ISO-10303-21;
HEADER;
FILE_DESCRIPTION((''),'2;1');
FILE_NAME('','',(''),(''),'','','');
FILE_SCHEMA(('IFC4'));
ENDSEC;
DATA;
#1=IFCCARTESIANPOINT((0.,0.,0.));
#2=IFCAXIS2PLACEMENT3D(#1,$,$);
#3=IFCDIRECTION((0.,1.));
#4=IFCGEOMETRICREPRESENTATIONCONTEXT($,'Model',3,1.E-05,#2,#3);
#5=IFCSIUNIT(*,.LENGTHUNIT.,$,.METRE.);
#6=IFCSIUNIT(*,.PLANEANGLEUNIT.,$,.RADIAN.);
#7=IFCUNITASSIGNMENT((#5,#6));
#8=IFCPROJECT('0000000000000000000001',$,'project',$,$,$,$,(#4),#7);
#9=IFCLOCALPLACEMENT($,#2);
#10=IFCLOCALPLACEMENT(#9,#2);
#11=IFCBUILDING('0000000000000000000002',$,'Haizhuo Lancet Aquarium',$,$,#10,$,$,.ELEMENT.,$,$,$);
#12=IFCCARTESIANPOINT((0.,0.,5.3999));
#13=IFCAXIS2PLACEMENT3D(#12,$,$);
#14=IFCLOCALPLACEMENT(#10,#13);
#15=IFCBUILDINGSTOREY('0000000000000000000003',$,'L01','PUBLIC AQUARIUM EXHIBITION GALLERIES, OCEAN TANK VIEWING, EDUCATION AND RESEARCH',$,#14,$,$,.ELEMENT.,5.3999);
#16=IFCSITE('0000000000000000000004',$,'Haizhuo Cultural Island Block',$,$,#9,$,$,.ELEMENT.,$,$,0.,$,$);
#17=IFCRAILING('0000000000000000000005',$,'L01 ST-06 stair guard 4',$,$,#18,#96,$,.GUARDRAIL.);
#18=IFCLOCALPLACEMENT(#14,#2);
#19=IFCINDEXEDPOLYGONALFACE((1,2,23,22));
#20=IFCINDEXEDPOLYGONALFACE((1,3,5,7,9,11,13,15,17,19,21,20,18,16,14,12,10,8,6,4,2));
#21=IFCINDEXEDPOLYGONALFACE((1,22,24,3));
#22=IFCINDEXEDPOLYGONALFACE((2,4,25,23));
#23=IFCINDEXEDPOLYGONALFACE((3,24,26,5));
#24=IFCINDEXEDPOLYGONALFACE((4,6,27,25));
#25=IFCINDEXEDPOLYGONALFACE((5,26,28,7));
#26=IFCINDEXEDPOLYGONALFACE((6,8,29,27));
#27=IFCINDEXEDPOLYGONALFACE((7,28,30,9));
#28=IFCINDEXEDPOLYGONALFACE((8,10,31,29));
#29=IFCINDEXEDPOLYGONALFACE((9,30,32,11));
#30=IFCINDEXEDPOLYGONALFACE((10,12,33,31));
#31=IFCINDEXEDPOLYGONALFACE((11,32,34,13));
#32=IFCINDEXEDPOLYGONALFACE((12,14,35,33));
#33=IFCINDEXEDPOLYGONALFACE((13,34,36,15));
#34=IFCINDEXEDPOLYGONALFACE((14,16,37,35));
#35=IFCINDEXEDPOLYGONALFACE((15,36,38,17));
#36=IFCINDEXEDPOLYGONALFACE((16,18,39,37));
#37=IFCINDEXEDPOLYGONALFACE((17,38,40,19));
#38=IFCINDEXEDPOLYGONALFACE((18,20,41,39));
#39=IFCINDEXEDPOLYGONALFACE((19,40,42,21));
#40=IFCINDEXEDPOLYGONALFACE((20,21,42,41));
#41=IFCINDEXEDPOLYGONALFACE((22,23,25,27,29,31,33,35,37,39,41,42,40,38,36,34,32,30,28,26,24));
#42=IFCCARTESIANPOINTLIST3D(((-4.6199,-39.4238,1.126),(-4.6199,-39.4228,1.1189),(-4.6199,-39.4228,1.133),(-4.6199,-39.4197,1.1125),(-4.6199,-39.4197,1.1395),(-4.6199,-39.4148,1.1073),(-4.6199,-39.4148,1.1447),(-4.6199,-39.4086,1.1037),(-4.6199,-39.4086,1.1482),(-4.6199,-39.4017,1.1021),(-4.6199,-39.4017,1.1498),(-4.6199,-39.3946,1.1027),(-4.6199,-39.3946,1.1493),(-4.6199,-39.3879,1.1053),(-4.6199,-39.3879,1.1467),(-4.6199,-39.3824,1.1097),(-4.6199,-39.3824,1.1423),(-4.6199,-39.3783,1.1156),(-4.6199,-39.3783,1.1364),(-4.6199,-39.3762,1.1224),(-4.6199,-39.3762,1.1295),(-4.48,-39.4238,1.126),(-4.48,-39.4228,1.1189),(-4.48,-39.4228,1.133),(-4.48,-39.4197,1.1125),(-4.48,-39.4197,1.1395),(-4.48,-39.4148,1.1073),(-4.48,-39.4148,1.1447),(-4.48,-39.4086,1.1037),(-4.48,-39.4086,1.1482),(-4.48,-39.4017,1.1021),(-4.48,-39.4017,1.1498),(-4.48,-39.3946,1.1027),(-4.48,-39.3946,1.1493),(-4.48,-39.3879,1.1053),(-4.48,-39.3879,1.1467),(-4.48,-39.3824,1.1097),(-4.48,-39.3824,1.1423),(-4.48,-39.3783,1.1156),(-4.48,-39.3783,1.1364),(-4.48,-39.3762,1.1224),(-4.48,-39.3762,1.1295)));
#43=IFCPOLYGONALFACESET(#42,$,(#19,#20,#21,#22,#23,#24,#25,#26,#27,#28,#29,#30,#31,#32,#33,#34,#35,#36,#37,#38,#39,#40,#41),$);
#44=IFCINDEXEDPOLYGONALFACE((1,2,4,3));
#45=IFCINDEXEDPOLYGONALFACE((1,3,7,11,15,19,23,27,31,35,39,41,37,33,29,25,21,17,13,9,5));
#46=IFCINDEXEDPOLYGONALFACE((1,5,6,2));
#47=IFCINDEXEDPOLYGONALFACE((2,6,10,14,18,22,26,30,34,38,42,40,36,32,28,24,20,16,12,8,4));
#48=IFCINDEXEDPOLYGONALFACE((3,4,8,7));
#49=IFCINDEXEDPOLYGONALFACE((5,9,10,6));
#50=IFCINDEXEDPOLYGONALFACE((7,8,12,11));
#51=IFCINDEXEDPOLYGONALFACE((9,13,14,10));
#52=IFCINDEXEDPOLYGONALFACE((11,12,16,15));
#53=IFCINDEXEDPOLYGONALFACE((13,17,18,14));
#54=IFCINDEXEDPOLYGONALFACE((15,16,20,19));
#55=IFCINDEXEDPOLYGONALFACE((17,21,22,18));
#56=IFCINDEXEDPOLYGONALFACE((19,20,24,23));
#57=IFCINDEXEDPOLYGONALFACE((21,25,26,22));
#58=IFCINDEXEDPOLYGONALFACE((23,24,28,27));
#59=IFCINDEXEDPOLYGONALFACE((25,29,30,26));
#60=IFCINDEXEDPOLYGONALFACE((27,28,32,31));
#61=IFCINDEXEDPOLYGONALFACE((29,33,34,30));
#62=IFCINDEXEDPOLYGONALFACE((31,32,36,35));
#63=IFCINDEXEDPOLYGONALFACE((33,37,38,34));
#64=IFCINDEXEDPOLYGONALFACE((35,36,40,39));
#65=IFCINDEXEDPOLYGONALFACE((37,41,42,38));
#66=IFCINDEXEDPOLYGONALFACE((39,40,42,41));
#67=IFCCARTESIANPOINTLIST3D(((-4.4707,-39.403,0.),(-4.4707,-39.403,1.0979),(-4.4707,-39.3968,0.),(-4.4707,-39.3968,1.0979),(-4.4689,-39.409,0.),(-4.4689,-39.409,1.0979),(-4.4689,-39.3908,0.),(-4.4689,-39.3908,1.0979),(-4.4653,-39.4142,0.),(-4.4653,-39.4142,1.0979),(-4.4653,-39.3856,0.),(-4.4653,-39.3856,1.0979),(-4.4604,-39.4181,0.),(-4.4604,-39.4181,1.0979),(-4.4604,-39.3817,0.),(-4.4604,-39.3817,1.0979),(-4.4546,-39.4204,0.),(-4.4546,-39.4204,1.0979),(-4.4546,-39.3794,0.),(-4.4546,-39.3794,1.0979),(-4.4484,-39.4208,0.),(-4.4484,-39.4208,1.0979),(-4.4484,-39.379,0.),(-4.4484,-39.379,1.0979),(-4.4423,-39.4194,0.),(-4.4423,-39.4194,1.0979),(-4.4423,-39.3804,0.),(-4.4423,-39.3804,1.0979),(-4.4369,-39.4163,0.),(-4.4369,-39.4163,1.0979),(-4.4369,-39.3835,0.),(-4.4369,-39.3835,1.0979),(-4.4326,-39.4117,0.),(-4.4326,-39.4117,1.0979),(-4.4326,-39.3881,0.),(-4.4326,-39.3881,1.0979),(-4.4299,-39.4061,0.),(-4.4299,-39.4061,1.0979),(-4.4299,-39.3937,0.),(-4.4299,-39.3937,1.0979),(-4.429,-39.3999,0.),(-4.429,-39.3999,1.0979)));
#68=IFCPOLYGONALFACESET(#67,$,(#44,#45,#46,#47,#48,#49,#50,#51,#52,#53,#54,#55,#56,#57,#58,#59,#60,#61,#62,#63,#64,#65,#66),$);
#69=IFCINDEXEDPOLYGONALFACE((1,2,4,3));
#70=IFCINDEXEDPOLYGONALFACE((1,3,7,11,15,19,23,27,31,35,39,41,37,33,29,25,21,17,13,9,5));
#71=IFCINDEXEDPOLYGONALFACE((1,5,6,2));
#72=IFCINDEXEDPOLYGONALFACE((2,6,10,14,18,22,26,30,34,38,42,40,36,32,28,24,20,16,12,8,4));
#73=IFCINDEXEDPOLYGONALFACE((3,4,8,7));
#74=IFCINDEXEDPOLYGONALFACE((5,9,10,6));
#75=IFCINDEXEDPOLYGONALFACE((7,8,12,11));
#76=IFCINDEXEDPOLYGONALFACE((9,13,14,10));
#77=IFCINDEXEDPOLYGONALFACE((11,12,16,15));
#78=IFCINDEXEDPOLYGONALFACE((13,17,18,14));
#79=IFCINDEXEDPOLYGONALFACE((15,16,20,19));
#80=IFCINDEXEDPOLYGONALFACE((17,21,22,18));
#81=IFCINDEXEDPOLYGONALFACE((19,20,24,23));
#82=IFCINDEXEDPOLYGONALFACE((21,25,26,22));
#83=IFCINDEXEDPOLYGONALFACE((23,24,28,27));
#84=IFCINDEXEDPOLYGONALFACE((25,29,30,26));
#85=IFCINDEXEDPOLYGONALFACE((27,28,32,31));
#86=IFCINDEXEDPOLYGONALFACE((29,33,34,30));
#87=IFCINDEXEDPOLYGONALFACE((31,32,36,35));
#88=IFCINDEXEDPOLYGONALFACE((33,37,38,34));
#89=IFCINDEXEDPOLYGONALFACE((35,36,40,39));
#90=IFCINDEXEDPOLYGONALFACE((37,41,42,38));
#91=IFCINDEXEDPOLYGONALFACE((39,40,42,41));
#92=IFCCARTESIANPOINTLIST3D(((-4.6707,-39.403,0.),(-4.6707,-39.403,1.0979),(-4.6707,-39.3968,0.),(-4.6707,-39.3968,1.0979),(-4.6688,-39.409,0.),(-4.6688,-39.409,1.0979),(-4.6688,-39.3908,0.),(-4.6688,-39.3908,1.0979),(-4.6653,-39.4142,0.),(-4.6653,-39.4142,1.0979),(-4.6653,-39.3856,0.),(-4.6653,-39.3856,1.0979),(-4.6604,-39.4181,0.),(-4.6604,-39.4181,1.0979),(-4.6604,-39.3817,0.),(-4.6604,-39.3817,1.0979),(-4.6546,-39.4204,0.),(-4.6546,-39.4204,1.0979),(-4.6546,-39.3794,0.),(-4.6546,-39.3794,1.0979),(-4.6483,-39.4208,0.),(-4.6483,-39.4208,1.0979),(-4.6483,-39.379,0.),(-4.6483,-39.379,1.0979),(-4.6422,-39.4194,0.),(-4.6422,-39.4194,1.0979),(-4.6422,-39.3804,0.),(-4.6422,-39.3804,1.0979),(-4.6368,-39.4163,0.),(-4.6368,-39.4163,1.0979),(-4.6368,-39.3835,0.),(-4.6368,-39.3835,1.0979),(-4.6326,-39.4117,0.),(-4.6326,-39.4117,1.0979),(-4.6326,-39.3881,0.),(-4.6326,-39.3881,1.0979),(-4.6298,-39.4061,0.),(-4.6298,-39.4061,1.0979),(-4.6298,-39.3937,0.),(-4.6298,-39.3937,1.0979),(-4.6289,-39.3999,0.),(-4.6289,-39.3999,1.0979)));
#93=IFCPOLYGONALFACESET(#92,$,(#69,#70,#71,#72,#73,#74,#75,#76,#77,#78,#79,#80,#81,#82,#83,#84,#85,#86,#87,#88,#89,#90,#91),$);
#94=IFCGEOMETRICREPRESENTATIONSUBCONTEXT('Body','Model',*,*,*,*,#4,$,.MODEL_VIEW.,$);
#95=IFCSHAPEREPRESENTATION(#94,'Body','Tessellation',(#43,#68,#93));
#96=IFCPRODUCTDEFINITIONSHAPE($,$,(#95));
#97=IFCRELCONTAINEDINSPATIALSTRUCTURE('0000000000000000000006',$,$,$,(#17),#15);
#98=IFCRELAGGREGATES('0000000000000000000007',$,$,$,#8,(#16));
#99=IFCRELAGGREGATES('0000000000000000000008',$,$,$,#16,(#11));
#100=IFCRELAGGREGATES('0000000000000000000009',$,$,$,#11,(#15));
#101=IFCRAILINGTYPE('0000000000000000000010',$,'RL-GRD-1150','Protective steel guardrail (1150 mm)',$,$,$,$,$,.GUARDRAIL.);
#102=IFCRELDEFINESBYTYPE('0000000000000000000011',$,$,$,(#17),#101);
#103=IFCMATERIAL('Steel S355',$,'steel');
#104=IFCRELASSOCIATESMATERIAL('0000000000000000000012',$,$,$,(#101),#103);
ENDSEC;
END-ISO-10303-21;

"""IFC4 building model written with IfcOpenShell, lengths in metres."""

from ifc_helpers import new_model, si_unit, direction, frame, origin, origin_2d, place, context, subcontext, project, spatial, circle, extrude, material, type_object, element, save


model = new_model("IFC4")

# Units and contexts
model_context = context("Model", 3, precision=1e-05, world=origin(), true_north=direction((0.0, 1.0)))
body_context = subcontext(model_context, "Body", "Model", "MODEL_VIEW")
ifc_project = project(units=[si_unit("LENGTHUNIT", "METRE"), si_unit("PLANEANGLEUNIT", "RADIAN")], contexts=[model_context])

# Site, building, storey
site_placement = place(None, origin())
site = spatial("IfcSite", under=ifc_project, at=site_placement, Name="Haizhuo Cultural Island Block", CompositionType="ELEMENT", RefElevation=0.0)
building_placement = place(site_placement, origin())
building = spatial("IfcBuilding", under=site, at=building_placement, Name="Haizhuo Lancet Aquarium", CompositionType="ELEMENT")
storey_placement = place(building_placement, frame((0.0, 0.0, 5.3999)))
storey = spatial("IfcBuildingStorey", under=building, at=storey_placement, Name="L01", Description="PUBLIC AQUARIUM EXHIBITION GALLERIES, OCEAN TANK VIEWING, EDUCATION AND RESEARCH", CompositionType="ELEMENT", Elevation=5.3999)

# Shared definitions
ifc_material_1 = material(Name="Steel S355", Category="steel")

# Railing
railing_type_1 = type_object("IfcRailingType", Name="RL-GRD-1150", Description="Protective steel guardrail (1150 mm)", PredefinedType="GUARDRAIL", material=ifc_material_1)
railing_1_placement = place(storey_placement, frame((-4.45, -39.3999, 0.0)))
element("IfcRailing", 1, at=railing_1_placement, inside=storey, type_object=railing_type_1, Name="L01 ST-06 stair guard 4", PredefinedType="GUARDRAIL", context=body_context, shape_type="SweptSolid", body=[
    extrude(circle(Radius=0.0239, at=origin_2d()), frame((-0.03, 0.0, 1.126), z_axis=(-1.0, 0.0, 0.0), x_axis=(0.0, -1.0, 0.0)), (0.0, 0.0, 1.0), 0.1399),
    extrude(circle(Radius=0.021, at=origin_2d()), origin(), (0.0, 0.0, 1.0), 1.0979),
    extrude(circle(Radius=0.021, at=origin_2d()), frame((-0.2, 0.0, 0.0)), (0.0, 0.0, 1.0), 1.0979),
])

save(model, "model.ifc")
